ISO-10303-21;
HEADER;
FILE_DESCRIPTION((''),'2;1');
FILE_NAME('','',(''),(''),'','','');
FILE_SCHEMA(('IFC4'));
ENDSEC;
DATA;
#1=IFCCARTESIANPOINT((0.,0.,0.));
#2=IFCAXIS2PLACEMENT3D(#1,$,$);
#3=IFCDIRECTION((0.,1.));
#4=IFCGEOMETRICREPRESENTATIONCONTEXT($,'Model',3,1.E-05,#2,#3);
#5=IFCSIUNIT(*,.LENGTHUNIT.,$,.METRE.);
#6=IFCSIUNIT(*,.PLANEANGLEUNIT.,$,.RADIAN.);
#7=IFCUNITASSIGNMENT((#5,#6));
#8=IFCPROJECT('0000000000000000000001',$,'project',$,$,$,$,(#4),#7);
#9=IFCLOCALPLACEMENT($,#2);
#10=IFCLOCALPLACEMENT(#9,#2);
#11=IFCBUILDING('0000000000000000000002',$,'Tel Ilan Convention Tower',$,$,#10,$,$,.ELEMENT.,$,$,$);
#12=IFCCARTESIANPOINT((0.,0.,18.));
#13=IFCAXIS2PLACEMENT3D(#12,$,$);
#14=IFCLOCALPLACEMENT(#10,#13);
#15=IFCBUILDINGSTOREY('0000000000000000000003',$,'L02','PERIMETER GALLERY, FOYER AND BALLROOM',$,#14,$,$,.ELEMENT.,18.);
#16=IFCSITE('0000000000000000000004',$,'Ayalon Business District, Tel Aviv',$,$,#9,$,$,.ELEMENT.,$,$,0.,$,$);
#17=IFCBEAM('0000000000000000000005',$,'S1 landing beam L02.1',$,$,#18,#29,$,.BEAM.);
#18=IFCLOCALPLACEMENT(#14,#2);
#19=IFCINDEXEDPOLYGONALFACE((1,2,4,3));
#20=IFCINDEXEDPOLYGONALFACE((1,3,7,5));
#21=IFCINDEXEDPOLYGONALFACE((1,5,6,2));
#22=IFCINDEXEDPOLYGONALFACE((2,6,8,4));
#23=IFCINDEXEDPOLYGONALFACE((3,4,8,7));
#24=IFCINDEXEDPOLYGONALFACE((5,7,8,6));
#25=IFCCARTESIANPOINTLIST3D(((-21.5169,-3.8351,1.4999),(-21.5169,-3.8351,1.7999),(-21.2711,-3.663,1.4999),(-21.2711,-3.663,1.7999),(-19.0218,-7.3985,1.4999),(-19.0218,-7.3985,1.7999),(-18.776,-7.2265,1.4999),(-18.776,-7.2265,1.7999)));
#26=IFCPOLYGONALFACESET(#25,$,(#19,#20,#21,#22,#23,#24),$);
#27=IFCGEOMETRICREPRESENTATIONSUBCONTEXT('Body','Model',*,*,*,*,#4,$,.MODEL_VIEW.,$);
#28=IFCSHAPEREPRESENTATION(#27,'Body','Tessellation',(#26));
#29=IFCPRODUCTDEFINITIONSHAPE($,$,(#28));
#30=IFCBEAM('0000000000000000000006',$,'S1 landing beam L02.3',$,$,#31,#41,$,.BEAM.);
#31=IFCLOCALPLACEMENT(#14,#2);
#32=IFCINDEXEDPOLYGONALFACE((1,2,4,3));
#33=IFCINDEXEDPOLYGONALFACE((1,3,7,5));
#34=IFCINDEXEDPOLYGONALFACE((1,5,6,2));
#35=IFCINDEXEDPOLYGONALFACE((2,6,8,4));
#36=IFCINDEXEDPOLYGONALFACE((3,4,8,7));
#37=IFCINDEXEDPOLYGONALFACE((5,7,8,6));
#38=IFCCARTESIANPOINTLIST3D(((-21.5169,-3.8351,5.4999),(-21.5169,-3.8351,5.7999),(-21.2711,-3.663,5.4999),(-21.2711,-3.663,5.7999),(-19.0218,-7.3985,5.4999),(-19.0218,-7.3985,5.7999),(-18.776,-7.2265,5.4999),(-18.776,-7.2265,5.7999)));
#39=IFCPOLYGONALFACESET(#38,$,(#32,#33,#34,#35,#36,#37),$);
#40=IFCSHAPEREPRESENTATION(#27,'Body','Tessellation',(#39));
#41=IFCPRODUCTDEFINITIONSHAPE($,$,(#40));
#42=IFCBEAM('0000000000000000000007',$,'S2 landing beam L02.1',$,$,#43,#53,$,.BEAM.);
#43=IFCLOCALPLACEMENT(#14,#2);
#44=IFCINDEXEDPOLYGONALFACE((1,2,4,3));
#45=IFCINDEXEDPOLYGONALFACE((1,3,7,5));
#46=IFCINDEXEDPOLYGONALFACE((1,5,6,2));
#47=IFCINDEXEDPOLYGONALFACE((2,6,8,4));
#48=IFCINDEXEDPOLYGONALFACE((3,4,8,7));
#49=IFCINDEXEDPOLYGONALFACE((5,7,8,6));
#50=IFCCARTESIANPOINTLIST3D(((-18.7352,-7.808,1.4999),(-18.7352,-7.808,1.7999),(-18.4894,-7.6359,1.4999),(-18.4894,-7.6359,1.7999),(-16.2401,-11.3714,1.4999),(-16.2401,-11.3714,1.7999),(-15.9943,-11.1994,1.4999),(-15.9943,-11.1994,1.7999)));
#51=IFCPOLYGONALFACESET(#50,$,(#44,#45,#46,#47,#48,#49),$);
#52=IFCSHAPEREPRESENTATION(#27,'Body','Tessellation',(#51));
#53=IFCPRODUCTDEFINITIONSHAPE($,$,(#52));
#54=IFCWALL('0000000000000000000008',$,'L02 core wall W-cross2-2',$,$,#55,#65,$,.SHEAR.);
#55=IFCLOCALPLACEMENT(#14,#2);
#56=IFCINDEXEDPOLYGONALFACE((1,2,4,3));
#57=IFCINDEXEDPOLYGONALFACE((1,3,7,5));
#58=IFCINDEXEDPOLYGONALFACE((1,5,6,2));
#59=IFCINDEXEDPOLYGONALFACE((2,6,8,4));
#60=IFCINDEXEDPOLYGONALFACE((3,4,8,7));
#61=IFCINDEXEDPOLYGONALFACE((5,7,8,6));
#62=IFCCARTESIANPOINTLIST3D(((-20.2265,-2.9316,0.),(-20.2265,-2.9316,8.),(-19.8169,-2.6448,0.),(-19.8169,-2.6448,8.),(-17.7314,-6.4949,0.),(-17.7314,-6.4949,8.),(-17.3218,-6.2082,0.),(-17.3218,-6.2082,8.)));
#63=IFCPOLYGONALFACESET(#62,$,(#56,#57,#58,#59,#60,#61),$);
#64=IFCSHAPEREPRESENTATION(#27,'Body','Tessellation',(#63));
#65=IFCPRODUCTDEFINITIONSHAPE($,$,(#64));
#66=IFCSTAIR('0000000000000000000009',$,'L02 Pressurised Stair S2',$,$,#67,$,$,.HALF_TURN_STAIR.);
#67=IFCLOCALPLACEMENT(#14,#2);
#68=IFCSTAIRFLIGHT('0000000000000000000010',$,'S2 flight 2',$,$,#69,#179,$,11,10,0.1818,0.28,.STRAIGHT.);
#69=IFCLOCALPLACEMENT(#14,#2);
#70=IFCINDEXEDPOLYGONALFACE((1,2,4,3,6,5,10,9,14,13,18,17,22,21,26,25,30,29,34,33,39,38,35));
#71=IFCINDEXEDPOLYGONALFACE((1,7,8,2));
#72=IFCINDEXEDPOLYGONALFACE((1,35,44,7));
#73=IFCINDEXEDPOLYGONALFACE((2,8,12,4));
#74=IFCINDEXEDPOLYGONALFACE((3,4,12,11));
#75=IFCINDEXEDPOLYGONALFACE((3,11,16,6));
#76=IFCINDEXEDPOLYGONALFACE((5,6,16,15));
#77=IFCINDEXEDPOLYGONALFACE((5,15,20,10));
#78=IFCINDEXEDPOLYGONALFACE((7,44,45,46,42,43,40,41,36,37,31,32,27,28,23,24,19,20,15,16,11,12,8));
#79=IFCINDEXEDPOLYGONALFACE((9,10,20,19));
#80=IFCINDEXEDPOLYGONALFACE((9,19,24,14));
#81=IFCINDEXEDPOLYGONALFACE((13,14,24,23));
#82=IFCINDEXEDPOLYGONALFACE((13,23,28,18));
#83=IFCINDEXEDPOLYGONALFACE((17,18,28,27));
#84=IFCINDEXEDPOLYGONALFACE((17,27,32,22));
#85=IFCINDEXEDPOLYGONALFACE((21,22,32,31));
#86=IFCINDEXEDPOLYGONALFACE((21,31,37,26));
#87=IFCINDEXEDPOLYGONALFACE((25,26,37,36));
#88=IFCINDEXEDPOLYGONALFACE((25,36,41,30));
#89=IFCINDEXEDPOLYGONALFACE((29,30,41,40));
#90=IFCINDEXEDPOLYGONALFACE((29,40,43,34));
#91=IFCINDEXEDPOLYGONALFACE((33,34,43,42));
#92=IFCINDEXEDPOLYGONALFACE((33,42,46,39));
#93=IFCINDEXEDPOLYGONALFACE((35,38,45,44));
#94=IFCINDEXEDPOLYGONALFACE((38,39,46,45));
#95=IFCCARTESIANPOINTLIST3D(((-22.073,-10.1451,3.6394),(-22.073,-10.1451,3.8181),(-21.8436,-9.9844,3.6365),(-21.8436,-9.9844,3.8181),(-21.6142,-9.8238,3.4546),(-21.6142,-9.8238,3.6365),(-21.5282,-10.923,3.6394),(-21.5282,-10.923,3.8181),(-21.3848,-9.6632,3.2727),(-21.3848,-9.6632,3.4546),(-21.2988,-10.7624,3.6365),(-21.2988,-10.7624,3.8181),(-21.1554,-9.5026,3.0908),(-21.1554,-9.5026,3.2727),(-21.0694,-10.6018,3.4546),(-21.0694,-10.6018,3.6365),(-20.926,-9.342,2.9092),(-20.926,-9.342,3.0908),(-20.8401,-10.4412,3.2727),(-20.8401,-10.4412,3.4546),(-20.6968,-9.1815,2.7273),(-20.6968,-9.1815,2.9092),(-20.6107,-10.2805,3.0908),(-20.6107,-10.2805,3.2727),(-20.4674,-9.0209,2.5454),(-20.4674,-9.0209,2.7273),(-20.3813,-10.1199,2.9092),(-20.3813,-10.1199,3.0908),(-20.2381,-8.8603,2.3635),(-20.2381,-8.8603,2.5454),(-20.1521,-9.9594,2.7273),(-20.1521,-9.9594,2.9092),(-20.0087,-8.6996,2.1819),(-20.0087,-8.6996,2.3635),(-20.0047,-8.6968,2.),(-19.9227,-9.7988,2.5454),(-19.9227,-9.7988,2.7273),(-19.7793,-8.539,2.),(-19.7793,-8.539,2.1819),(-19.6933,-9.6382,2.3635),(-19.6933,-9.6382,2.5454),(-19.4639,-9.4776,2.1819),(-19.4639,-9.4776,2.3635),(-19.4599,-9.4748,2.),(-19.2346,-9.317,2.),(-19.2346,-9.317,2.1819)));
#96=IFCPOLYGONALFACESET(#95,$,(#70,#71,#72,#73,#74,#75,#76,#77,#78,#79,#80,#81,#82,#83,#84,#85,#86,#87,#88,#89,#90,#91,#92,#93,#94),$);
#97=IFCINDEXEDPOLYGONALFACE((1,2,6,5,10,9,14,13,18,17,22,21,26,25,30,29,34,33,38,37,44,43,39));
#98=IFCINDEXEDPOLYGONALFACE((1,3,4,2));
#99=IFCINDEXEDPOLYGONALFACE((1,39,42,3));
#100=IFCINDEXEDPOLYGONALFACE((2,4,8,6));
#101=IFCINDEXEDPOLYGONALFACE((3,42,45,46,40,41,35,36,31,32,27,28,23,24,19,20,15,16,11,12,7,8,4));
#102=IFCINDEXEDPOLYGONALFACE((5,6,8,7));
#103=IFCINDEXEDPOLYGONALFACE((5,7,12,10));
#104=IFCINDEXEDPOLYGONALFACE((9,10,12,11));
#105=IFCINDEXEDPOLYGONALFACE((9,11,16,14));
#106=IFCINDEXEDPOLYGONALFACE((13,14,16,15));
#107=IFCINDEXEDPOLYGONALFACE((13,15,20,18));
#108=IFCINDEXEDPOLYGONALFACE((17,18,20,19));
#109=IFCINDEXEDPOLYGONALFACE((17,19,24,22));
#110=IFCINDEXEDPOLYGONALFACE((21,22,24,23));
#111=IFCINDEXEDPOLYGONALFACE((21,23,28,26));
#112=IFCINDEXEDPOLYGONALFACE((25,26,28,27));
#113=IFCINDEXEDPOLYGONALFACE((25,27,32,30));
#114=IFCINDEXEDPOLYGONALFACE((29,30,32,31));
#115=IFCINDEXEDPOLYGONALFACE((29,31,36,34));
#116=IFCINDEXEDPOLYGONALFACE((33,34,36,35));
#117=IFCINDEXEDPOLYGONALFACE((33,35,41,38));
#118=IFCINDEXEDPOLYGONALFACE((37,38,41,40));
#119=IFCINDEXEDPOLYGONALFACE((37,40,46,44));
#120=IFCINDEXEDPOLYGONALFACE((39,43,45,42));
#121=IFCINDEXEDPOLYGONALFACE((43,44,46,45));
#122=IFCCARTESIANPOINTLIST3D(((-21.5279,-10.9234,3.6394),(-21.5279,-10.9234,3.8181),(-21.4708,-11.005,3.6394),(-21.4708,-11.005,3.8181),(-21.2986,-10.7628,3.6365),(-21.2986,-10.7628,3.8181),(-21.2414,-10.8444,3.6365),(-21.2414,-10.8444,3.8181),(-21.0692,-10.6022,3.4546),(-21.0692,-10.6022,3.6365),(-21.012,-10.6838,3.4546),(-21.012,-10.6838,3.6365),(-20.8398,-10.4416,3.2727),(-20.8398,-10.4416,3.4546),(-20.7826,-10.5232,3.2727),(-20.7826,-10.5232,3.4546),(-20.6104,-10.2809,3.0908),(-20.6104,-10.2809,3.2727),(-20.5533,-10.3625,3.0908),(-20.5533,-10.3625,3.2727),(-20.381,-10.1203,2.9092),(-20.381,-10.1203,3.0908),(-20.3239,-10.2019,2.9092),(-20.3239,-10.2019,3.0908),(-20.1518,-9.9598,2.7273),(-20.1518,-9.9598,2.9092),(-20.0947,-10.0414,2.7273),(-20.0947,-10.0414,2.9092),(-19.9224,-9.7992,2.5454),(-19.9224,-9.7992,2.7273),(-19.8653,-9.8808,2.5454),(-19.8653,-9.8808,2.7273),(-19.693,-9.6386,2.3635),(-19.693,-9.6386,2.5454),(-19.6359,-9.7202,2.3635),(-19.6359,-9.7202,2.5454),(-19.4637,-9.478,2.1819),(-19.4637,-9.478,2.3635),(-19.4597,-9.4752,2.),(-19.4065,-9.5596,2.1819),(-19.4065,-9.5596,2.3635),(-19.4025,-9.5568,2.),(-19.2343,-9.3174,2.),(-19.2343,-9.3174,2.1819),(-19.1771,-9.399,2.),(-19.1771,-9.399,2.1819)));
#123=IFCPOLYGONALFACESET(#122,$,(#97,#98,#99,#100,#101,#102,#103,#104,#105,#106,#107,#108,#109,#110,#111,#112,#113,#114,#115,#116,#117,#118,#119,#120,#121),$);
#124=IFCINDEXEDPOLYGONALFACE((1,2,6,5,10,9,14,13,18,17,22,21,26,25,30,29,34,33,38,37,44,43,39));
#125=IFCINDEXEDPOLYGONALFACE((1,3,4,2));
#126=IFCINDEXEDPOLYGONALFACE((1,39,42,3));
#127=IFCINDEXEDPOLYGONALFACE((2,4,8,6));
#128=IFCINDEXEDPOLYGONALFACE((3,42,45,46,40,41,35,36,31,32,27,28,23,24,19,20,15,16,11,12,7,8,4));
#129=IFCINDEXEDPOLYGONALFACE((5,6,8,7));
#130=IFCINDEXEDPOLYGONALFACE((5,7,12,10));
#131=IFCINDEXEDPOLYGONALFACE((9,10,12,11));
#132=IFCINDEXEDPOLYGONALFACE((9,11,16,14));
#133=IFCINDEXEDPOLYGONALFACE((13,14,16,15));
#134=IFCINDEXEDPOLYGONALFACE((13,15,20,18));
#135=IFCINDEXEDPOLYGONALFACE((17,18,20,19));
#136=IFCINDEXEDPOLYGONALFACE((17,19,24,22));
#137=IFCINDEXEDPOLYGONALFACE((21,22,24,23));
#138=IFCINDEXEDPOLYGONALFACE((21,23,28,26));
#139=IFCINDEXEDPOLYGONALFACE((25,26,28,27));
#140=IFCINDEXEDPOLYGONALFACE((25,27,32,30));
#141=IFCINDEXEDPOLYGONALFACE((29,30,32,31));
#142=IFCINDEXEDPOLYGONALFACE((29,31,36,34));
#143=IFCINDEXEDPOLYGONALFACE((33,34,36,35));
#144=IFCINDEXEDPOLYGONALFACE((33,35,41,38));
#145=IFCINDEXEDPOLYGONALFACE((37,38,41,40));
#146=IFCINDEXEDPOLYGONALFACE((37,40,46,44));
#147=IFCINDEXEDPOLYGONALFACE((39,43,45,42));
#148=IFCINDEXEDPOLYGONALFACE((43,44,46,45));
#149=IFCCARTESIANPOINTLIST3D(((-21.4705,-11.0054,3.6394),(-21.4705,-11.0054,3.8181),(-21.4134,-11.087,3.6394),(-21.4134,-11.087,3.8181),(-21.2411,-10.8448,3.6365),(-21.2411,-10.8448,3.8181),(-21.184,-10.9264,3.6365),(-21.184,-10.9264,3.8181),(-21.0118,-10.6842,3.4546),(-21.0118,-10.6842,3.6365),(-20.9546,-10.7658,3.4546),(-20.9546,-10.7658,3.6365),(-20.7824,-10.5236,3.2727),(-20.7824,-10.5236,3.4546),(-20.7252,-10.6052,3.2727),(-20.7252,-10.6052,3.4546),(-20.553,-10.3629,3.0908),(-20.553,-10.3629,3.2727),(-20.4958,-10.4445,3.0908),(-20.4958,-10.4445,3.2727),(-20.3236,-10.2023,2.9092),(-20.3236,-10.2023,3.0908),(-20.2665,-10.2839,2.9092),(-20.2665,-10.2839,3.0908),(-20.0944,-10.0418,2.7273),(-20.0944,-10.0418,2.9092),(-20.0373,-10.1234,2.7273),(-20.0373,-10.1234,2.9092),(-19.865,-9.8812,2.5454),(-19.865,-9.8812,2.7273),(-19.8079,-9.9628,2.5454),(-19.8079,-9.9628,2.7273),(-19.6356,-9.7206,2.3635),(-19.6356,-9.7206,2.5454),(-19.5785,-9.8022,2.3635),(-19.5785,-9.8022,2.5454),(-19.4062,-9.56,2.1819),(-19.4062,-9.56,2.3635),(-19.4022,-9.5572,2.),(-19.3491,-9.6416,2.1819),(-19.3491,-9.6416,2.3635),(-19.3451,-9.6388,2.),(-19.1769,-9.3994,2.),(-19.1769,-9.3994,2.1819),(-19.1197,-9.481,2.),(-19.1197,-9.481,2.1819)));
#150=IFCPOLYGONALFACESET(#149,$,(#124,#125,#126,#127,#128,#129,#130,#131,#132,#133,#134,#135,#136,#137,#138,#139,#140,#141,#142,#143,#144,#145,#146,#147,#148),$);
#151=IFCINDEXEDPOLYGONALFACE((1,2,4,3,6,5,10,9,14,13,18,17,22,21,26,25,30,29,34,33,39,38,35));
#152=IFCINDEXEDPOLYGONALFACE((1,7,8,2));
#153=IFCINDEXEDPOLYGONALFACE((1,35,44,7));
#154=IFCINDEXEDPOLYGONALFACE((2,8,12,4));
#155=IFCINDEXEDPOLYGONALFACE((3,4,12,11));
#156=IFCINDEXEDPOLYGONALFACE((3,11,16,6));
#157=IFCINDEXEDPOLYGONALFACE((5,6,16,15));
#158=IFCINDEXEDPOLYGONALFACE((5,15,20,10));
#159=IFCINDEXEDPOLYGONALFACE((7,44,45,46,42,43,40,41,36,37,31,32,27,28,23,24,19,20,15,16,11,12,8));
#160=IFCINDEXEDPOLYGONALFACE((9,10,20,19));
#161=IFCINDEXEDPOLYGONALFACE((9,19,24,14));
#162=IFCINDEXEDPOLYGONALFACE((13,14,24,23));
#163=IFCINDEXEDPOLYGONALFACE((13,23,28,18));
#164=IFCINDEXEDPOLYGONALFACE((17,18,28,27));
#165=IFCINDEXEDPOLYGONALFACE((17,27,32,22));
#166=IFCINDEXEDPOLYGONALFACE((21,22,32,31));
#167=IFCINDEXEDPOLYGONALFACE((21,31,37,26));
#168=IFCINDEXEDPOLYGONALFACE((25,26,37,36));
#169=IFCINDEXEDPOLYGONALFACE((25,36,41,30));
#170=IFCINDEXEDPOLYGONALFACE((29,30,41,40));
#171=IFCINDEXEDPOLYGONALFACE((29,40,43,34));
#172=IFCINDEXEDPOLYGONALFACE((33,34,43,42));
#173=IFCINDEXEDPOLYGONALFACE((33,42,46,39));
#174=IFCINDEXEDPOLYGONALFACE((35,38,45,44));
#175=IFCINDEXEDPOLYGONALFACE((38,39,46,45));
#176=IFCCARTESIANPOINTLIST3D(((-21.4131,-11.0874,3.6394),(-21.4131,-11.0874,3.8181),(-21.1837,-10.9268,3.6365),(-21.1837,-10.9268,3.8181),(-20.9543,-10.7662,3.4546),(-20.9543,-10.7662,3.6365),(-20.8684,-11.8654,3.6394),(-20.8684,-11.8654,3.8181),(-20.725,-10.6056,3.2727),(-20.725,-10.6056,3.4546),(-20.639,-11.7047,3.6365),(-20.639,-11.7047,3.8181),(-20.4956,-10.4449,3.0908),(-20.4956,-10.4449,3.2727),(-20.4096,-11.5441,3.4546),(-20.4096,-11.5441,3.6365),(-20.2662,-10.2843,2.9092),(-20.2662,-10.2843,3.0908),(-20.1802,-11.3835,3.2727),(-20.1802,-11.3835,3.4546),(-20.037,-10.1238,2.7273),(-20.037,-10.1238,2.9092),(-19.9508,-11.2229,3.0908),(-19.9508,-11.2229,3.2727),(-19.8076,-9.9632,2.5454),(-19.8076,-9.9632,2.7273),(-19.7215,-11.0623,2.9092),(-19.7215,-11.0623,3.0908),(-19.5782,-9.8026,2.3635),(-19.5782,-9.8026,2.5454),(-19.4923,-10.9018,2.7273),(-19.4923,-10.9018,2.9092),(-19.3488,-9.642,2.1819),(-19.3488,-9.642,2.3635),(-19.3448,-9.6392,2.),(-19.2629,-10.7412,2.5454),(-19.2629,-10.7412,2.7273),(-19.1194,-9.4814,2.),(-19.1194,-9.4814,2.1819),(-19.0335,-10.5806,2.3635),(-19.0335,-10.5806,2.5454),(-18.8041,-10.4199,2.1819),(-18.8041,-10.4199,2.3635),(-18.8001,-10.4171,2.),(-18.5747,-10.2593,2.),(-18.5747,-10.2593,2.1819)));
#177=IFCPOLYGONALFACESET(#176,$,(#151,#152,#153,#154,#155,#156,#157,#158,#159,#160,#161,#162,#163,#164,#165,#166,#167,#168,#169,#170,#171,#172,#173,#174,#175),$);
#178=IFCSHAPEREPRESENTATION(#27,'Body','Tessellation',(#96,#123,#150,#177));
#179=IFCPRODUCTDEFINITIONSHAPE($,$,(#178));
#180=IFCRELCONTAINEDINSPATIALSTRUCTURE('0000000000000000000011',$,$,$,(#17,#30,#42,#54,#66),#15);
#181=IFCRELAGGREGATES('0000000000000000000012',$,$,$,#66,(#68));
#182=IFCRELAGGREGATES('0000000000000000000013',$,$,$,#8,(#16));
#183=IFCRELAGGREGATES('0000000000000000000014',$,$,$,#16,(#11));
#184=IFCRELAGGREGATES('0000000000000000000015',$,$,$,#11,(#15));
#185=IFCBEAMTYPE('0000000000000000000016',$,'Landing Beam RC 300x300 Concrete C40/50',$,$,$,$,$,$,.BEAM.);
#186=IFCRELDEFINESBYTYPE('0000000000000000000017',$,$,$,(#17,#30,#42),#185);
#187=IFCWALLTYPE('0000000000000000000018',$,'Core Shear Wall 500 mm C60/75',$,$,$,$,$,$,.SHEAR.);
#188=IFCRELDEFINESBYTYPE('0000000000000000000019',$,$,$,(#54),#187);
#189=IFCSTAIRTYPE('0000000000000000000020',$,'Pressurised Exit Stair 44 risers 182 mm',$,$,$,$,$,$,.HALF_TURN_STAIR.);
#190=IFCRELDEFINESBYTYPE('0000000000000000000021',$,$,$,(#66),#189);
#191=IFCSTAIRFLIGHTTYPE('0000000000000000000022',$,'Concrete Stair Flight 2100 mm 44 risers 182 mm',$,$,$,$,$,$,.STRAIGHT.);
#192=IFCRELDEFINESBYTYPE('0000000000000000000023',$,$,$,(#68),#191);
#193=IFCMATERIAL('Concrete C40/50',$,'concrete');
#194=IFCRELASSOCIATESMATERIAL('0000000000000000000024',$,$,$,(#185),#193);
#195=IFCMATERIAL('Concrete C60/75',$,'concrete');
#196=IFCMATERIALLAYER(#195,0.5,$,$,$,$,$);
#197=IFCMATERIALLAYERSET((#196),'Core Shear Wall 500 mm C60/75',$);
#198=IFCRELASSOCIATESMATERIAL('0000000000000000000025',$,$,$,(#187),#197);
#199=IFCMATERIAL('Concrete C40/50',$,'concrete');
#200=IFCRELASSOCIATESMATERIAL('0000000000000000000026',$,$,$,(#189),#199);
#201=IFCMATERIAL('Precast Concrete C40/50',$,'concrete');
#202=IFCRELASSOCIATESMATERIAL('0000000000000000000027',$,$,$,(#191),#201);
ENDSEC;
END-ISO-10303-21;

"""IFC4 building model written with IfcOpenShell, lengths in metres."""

from ifc_helpers import new_model, si_unit, direction, frame, origin, origin_2d, place, context, subcontext, project, spatial, polyline, rectangle, outline, extrude, material, layer, layer_set, material_profile, profile_set, type_object, element, aggregate, save


model = new_model("IFC4")

# Units and contexts
model_context = context("Model", 3, precision=1e-05, world=origin(), true_north=direction((0.0, 1.0)))
body_context = subcontext(model_context, "Body", "Model", "MODEL_VIEW")
ifc_project = project(units=[si_unit("LENGTHUNIT", "METRE"), si_unit("PLANEANGLEUNIT", "RADIAN")], contexts=[model_context])

# Site, building, storey
site_placement = place(None, origin())
site = spatial("IfcSite", under=ifc_project, at=site_placement, Name="Ayalon Business District, Tel Aviv", CompositionType="ELEMENT", RefElevation=0.0)
building_placement = place(site_placement, origin())
building = spatial("IfcBuilding", under=site, at=building_placement, Name="Tel Ilan Convention Tower", CompositionType="ELEMENT")
storey_placement = place(building_placement, frame((0.0, 0.0, 18.0)))
storey = spatial("IfcBuildingStorey", under=building, at=storey_placement, Name="L02", Description="PERIMETER GALLERY, FOYER AND BALLROOM", CompositionType="ELEMENT", Elevation=18.0)

# Beams
ifc_material_1 = material(Name="Concrete C40/50", Category="concrete")
ifc_material_profile = material_profile(ifc_material_1, rectangle(XDim=0.3, YDim=0.3, at=origin_2d()), Name="RC 300x300")
ifc_profile_set = profile_set([ifc_material_profile], Name="Concrete C40/50")
beam_type = type_object("IfcBeamType", Name="Landing Beam RC 300x300 Concrete C40/50", PredefinedType="BEAM", material=ifc_profile_set)
for number, where, z_axis, x_axis, name in (
    (1, (-18.8989, -7.3125, 1.6499), (-0.573568, 0.819158, 0.0), (-0.819158, -0.573568, 0.0), "S1 landing beam L02.1"),
    (2, (-18.8989, -7.3125, 5.6499), (-0.573568, 0.819158, 0.0), (-0.819158, -0.573568, 0.0), "S1 landing beam L02.3"),
    (3, (-16.1172, -11.2854, 1.6499), (-0.573568, 0.819158, 0.0), (-0.819158, -0.573568, 0.0), "S2 landing beam L02.1"),
):
    element("IfcBeam", number, at=place(storey_placement, frame(where, z_axis=z_axis, x_axis=x_axis)), inside=storey, type_object=beam_type, Name=name, PredefinedType="BEAM", context=body_context, shape_type="SweptSolid", body=[
        extrude(rectangle(XDim=0.3, YDim=0.3, at=origin_2d()), origin(), (0.0, 0.0, 1.0), 4.3501),
    ])

# Wall
ifc_material_2 = material(Name="Concrete C60/75", Category="concrete")
ifc_layer = layer(ifc_material_2, 0.5)
ifc_layer_set = layer_set([ifc_layer], Name="Core Shear Wall 500 mm C60/75")
wall_type = type_object("IfcWallType", Name="Core Shear Wall 500 mm C60/75", PredefinedType="SHEAR", material=ifc_layer_set)
wall_placement = place(storey_placement, frame((-17.5266, -6.3516, 0.0), z_axis=(0.0, 0.0, 1.0), x_axis=(-0.57353, 0.819184, 0.0)))
element("IfcWall", 4, at=wall_placement, inside=storey, type_object=wall_type, Name="L02 core wall W-cross2-2", PredefinedType="SHEAR", context=body_context, shape_type="SweptSolid", body=[
    extrude(outline(polyline([(4.3501, -0.2498), (4.3501, 0.2502), (0.0, 0.25), (0.0, -0.25), (4.3501, -0.2498)])), origin(), (0.0, 0.0, 1.0), 8.0),
])

# Stair, stair flight
ifc_material_3 = material(Name="Concrete C40/50", Category="concrete")
stair_type = type_object("IfcStairType", Name="Pressurised Exit Stair 44 risers 182 mm", PredefinedType="HALF_TURN_STAIR", material=ifc_material_3)
stair_placement = place(storey_placement, origin())
stair = element("IfcStair", 5, at=stair_placement, inside=storey, type_object=stair_type, Name="L02 Pressurised Stair S2", PredefinedType="HALF_TURN_STAIR")
ifc_material_4 = material(Name="Precast Concrete C40/50", Category="concrete")
stair_flight_type = type_object("IfcStairFlightType", Name="Concrete Stair Flight 2100 mm 44 risers 182 mm", PredefinedType="STRAIGHT", material=ifc_material_4)
stair_flight_1_placement = place(storey_placement, frame((-19.177, -9.3992, 2.0), z_axis=(0.0, 0.0, 1.0), x_axis=(-0.819152, -0.573576, 0.0)))
stair_flight_1 = element("IfcStairFlight", 6, at=stair_flight_1_placement, type_object=stair_flight_type, Name="S2 flight 2", NumberOfRisers=11, NumberOfTreads=10, PredefinedType="STRAIGHT", RiserHeight=0.1818, TreadLength=0.28, context=body_context, shape_type="SweptSolid", body=[
    extrude(outline(polyline([(0.0, 0.0), (0.0, 0.1819), (0.28, 0.1819), (0.28, 0.3635), (0.5601, 0.3635), (0.5601, 0.5454), (0.8401, 0.5454), (0.8401, 0.7273), (1.1201, 0.7273), (1.1201, 0.9092), (1.3999, 0.9092), (1.3999, 1.0908), (1.6799, 1.0908), (1.6799, 1.2727), (1.96, 1.2727), (1.96, 1.4546), (2.24, 1.4546), (2.24, 1.6365), (2.52, 1.6365), (2.52, 1.8181), (2.8, 1.8181), (2.8, 2.0), (2.8, 1.6394), (0.2751, 0.0), (0.0, 0.0)])), frame((0.0, -0.1003, 0.0), z_axis=(0.0, -1.0, 0.0), x_axis=(1.0, 0.0, 0.0)), (0.0, 0.0, 1.0), 0.9497),
    extrude(outline(polyline([(0.0, 0.0), (0.0, 0.1819), (0.28, 0.1819), (0.28, 0.3635), (0.5601, 0.3635), (0.5601, 0.5454), (0.8401, 0.5454), (0.8401, 0.7273), (1.1201, 0.7273), (1.1201, 0.9092), (1.3999, 0.9092), (1.3999, 1.0908), (1.6799, 1.0908), (1.6799, 1.2727), (1.96, 1.2727), (1.96, 1.4546), (2.24, 1.4546), (2.24, 1.6365), (2.52, 1.6365), (2.52, 1.8181), (2.8, 1.8181), (2.8, 2.0), (2.8, 1.6394), (0.2751, 0.0), (0.0, 0.0)])), frame((0.0, -0.0002, 0.0), z_axis=(0.0, -1.0, 0.0), x_axis=(1.0, 0.0, 0.0)), (0.0, 0.0, 1.0), 0.0996),
    extrude(outline(polyline([(0.0, 0.0), (0.0, 0.1819), (0.28, 0.1819), (0.28, 0.3635), (0.5601, 0.3635), (0.5601, 0.5454), (0.8401, 0.5454), (0.8401, 0.7273), (1.1201, 0.7273), (1.1201, 0.9092), (1.3999, 0.9092), (1.3999, 1.0908), (1.6799, 1.0908), (1.6799, 1.2727), (1.96, 1.2727), (1.96, 1.4546), (2.24, 1.4546), (2.24, 1.6365), (2.52, 1.6365), (2.52, 1.8181), (2.8, 1.8181), (2.8, 2.0), (2.8, 1.6394), (0.2751, 0.0), (0.0, 0.0)])), frame((0.0, 0.0999, 0.0), z_axis=(0.0, -1.0, 0.0), x_axis=(1.0, 0.0, 0.0)), (0.0, 0.0, 1.0), 0.0996),
    extrude(outline(polyline([(0.0, 0.0), (0.0, 0.1819), (0.28, 0.1819), (0.28, 0.3635), (0.5601, 0.3635), (0.5601, 0.5454), (0.8401, 0.5454), (0.8401, 0.7273), (1.1201, 0.7273), (1.1201, 0.9092), (1.3999, 0.9092), (1.3999, 1.0908), (1.6799, 1.0908), (1.6799, 1.2727), (1.96, 1.2727), (1.96, 1.4546), (2.24, 1.4546), (2.24, 1.6365), (2.52, 1.6365), (2.52, 1.8181), (2.8, 1.8181), (2.8, 2.0), (2.8, 1.6394), (0.2751, 0.0), (0.0, 0.0)])), frame((0.0, 1.05, 0.0), z_axis=(0.0, -1.0, 0.0), x_axis=(1.0, 0.0, 0.0)), (0.0, 0.0, 1.0), 0.9497),
])
aggregate(stair, [stair_flight_1])

save(model, "model.ifc")
